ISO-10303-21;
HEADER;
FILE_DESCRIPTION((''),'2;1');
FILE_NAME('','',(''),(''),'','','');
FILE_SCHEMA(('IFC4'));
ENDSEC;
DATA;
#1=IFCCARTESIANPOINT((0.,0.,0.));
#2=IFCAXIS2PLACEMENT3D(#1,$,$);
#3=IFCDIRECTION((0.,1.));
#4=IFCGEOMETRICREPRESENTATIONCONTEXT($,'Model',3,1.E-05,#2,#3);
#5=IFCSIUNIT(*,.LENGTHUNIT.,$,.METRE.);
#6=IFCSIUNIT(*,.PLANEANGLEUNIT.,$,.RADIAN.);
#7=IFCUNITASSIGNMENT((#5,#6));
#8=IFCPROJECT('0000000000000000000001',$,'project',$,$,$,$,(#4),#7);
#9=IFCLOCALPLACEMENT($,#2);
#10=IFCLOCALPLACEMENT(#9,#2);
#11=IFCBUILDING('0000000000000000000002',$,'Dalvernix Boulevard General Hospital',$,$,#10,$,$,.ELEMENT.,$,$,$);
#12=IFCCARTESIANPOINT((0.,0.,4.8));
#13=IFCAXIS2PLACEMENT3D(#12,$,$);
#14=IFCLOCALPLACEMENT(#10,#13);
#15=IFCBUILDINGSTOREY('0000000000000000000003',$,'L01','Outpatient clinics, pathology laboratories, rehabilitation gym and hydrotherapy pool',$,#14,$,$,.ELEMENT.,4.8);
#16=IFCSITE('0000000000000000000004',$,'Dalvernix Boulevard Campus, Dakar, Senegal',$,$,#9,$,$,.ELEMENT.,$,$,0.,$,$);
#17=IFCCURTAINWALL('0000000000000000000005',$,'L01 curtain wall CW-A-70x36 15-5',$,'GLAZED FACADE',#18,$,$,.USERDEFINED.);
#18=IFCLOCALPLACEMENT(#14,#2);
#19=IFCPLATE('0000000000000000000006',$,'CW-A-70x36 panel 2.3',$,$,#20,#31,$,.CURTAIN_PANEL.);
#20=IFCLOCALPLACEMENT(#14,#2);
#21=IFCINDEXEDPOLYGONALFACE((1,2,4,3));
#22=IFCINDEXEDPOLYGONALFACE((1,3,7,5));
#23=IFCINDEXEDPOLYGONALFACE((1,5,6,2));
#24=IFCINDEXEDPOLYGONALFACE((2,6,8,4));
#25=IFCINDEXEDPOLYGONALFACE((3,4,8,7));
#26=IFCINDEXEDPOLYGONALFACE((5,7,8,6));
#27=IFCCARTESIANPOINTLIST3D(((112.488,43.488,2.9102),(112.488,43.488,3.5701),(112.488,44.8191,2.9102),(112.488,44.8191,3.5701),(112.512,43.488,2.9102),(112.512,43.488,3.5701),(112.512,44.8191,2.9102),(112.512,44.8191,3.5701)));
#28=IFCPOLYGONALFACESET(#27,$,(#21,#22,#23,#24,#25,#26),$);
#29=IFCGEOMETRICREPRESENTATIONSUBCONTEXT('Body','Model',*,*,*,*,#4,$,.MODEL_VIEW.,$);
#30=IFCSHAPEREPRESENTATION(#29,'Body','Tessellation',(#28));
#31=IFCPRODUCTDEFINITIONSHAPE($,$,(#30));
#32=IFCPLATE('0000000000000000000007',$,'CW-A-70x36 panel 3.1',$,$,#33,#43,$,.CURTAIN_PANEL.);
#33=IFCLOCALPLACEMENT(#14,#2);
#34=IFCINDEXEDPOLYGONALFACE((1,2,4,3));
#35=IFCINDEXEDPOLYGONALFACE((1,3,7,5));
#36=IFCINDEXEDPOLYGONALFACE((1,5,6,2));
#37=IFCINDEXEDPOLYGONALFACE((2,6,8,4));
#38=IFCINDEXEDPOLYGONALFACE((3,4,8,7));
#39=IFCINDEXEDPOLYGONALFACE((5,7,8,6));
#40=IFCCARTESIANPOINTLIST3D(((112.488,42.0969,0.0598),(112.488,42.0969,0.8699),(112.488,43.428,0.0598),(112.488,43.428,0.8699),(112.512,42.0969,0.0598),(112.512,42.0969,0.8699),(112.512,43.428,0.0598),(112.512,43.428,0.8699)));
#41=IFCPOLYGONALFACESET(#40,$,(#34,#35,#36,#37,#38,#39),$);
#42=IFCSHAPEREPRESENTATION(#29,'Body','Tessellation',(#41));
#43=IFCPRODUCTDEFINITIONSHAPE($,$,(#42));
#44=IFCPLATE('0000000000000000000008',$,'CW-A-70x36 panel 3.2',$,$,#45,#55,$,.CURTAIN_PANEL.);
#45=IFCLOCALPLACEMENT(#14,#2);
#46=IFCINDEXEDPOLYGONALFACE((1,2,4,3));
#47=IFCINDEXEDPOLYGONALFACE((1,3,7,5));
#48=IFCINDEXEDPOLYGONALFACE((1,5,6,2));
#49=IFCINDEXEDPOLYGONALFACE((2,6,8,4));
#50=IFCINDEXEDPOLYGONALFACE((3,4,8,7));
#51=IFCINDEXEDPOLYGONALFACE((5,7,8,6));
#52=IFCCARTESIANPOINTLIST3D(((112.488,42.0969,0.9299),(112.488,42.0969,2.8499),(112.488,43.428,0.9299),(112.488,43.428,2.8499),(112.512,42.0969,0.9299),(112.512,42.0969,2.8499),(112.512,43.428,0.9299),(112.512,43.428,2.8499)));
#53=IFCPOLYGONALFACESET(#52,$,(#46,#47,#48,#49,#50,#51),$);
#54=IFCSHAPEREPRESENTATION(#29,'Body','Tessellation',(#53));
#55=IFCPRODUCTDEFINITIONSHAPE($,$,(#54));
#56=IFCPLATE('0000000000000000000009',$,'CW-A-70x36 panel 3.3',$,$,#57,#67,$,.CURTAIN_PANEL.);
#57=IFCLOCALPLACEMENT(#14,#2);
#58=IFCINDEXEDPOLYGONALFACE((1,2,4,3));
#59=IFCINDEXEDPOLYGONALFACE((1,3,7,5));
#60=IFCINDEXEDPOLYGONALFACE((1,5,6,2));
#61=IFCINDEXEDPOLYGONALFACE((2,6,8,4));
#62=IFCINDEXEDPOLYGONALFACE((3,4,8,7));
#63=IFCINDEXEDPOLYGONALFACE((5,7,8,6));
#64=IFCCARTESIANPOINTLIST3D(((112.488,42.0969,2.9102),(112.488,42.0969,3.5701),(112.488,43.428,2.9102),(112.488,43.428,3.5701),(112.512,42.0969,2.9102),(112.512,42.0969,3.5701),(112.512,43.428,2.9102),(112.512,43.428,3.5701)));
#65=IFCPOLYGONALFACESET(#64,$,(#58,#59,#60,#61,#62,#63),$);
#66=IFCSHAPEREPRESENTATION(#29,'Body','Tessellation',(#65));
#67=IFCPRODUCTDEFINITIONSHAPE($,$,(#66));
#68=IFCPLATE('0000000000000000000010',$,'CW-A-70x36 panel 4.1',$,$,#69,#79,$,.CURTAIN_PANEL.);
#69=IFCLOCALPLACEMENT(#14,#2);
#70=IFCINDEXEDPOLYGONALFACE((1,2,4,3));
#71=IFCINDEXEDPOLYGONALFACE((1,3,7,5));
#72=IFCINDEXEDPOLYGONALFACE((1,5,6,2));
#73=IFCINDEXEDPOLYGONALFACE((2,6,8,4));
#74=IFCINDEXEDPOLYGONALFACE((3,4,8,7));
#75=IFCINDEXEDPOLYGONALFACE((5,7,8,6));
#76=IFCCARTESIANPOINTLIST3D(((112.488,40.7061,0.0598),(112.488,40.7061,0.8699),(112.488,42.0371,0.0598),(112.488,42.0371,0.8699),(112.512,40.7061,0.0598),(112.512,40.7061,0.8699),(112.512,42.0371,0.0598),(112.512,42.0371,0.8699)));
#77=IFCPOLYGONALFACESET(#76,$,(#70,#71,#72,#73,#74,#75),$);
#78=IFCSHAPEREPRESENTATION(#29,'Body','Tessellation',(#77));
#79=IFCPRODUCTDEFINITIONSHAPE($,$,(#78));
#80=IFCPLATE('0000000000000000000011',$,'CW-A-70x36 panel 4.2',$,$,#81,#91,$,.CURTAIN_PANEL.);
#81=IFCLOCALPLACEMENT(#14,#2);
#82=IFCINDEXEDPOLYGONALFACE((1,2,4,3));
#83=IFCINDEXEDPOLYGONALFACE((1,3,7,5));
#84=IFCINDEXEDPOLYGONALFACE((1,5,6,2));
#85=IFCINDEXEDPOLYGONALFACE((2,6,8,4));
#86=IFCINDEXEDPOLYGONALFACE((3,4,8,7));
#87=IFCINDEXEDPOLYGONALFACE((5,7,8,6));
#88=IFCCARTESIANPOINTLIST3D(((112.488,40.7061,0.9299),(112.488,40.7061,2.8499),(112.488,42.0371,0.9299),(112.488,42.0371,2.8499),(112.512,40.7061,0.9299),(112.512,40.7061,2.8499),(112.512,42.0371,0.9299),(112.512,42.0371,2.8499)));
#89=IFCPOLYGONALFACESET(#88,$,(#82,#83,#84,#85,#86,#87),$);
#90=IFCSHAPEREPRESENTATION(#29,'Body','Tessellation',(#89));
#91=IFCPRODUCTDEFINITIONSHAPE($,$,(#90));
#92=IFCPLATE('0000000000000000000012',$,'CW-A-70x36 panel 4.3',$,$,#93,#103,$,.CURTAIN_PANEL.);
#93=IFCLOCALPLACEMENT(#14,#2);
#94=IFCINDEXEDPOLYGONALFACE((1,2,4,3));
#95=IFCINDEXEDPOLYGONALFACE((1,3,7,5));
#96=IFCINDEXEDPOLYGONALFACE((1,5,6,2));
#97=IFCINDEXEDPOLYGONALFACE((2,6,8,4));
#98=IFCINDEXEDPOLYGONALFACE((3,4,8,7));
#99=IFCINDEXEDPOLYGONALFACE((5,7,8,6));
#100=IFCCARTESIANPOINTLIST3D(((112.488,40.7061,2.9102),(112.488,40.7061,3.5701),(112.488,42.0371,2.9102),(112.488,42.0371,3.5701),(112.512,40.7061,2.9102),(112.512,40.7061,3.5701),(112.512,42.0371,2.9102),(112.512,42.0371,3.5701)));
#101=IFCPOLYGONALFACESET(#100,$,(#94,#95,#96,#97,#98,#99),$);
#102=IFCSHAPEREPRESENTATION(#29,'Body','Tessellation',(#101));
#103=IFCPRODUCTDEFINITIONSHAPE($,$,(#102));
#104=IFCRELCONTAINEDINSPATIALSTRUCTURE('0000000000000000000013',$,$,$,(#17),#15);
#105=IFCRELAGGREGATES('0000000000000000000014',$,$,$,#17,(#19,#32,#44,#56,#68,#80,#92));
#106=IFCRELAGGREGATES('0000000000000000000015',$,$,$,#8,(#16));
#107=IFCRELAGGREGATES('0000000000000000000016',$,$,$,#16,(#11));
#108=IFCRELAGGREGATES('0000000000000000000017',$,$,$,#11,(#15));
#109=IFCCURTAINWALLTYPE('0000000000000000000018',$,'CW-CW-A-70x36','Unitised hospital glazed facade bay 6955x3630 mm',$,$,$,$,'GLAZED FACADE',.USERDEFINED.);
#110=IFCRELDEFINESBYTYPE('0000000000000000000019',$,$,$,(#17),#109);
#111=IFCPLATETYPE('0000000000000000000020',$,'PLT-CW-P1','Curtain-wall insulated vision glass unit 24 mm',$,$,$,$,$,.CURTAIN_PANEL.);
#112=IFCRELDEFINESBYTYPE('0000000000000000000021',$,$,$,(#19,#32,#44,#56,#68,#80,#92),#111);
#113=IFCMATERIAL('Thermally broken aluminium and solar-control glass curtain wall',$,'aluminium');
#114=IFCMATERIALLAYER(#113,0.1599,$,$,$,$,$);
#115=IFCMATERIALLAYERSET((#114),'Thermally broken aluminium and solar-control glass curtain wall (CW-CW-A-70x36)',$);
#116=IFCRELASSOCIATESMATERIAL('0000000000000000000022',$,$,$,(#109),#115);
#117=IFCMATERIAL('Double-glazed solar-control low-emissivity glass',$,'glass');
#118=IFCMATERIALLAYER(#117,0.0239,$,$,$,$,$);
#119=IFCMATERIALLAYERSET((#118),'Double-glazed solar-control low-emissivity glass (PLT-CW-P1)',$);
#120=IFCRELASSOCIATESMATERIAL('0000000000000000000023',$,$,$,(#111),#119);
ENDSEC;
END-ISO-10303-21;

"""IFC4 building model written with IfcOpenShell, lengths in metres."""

from ifc_helpers import new_model, si_unit, direction, frame, origin, origin_2d, place, context, subcontext, project, spatial, rectangle, extrude, material, layer, layer_set, type_object, element, aggregate, save


model = new_model("IFC4")

# Units and contexts
model_context = context("Model", 3, precision=1e-05, world=origin(), true_north=direction((0.0, 1.0)))
body_context = subcontext(model_context, "Body", "Model", "MODEL_VIEW")
ifc_project = project(units=[si_unit("LENGTHUNIT", "METRE"), si_unit("PLANEANGLEUNIT", "RADIAN")], contexts=[model_context])

# Site, building, storey
site_placement = place(None, origin())
site = spatial("IfcSite", under=ifc_project, at=site_placement, Name="Dalvernix Boulevard Campus, Dakar, Senegal", CompositionType="ELEMENT", RefElevation=0.0)
building_placement = place(site_placement, origin())
building = spatial("IfcBuilding", under=site, at=building_placement, Name="Dalvernix Boulevard General Hospital", CompositionType="ELEMENT")
storey_placement = place(building_placement, frame((0.0, 0.0, 4.8)))
storey = spatial("IfcBuildingStorey", under=building, at=storey_placement, Name="L01", Description="Outpatient clinics, pathology laboratories, rehabilitation gym and hydrotherapy pool", CompositionType="ELEMENT", Elevation=4.8)

# Curtain wall, plates
ifc_material_1 = material(Name="Thermally broken aluminium and solar-control glass curtain wall", Category="aluminium")
ifc_layer_1 = layer(ifc_material_1, 0.1599)
ifc_layer_set_1 = layer_set([ifc_layer_1], Name="Thermally broken aluminium and solar-control glass curtain wall (CW-CW-A-70x36)")
curtain_wall_type = type_object("IfcCurtainWallType", Name="CW-CW-A-70x36", Description="Unitised hospital glazed facade bay 6955x3630 mm", ElementType="GLAZED FACADE", PredefinedType="USERDEFINED", material=ifc_layer_set_1)
curtain_wall_placement = place(storey_placement, origin())
curtain_wall = element("IfcCurtainWall", 1, at=curtain_wall_placement, inside=storey, type_object=curtain_wall_type, Name="L01 curtain wall CW-A-70x36 15-5", ObjectType="GLAZED FACADE", PredefinedType="USERDEFINED")
ifc_material_2 = material(Name="Double-glazed solar-control low-emissivity glass", Category="glass")
ifc_layer_2 = layer(ifc_material_2, 0.0239)
ifc_layer_set_2 = layer_set([ifc_layer_2], Name="Double-glazed solar-control low-emissivity glass (PLT-CW-P1)")
plate_type = type_object("IfcPlateType", Name="PLT-CW-P1", Description="Curtain-wall insulated vision glass unit 24 mm", PredefinedType="CURTAIN_PANEL", material=ifc_layer_set_2)
plate_1_placement = place(storey_placement, frame((112.5, 44.1536, 2.9102), z_axis=(0.0, 0.0, 1.0), x_axis=(0.0, -1.0, 0.0)))
plate_1 = element("IfcPlate", 2, at=plate_1_placement, type_object=plate_type, Name="CW-A-70x36 panel 2.3", PredefinedType="CURTAIN_PANEL", context=body_context, shape_type="SweptSolid", body=[
    extrude(rectangle(XDim=1.3311, YDim=0.0239, at=origin_2d()), origin(), (0.0, 0.0, 1.0), 0.6599),
])
plate_2_placement = place(storey_placement, frame((112.5, 42.7625, 0.0598), z_axis=(0.0, 0.0, 1.0), x_axis=(0.0, -1.0, 0.0)))
plate_2 = element("IfcPlate", 3, at=plate_2_placement, type_object=plate_type, Name="CW-A-70x36 panel 3.1", PredefinedType="CURTAIN_PANEL", context=body_context, shape_type="SweptSolid", body=[
    extrude(rectangle(XDim=1.3311, YDim=0.0239, at=origin_2d()), origin(), (0.0, 0.0, 1.0), 0.8101),
])
plate_3_placement = place(storey_placement, frame((112.5, 42.7625, 0.9299), z_axis=(0.0, 0.0, 1.0), x_axis=(0.0, -1.0, 0.0)))
plate_3 = element("IfcPlate", 4, at=plate_3_placement, type_object=plate_type, Name="CW-A-70x36 panel 3.2", PredefinedType="CURTAIN_PANEL", context=body_context, shape_type="SweptSolid", body=[
    extrude(rectangle(XDim=1.3311, YDim=0.0239, at=origin_2d()), origin(), (0.0, 0.0, 1.0), 1.9199),
])
plate_4_placement = place(storey_placement, frame((112.5, 42.7625, 2.9102), z_axis=(0.0, 0.0, 1.0), x_axis=(0.0, -1.0, 0.0)))
plate_4 = element("IfcPlate", 5, at=plate_4_placement, type_object=plate_type, Name="CW-A-70x36 panel 3.3", PredefinedType="CURTAIN_PANEL", context=body_context, shape_type="SweptSolid", body=[
    extrude(rectangle(XDim=1.3311, YDim=0.0239, at=origin_2d()), origin(), (0.0, 0.0, 1.0), 0.6599),
])
plate_5_placement = place(storey_placement, frame((112.5, 41.3716, 0.0598), z_axis=(0.0, 0.0, 1.0), x_axis=(0.0, -1.0, 0.0)))
plate_5 = element("IfcPlate", 6, at=plate_5_placement, type_object=plate_type, Name="CW-A-70x36 panel 4.1", PredefinedType="CURTAIN_PANEL", context=body_context, shape_type="SweptSolid", body=[
    extrude(rectangle(XDim=1.3311, YDim=0.0239, at=origin_2d()), origin(), (0.0, 0.0, 1.0), 0.8101),
])
plate_6_placement = place(storey_placement, frame((112.5, 41.3716, 0.9299), z_axis=(0.0, 0.0, 1.0), x_axis=(0.0, -1.0, 0.0)))
plate_6 = element("IfcPlate", 7, at=plate_6_placement, type_object=plate_type, Name="CW-A-70x36 panel 4.2", PredefinedType="CURTAIN_PANEL", context=body_context, shape_type="SweptSolid", body=[
    extrude(rectangle(XDim=1.3311, YDim=0.0239, at=origin_2d()), origin(), (0.0, 0.0, 1.0), 1.9199),
])
plate_7_placement = place(storey_placement, frame((112.5, 41.3716, 2.9102), z_axis=(0.0, 0.0, 1.0), x_axis=(0.0, -1.0, 0.0)))
plate_7 = element("IfcPlate", 8, at=plate_7_placement, type_object=plate_type, Name="CW-A-70x36 panel 4.3", PredefinedType="CURTAIN_PANEL", context=body_context, shape_type="SweptSolid", body=[
    extrude(rectangle(XDim=1.3311, YDim=0.0239, at=origin_2d()), origin(), (0.0, 0.0, 1.0), 0.6599),
])
aggregate(curtain_wall, [plate_1, plate_2, plate_3, plate_4, plate_5, plate_6, plate_7])

save(model, "model.ifc")
